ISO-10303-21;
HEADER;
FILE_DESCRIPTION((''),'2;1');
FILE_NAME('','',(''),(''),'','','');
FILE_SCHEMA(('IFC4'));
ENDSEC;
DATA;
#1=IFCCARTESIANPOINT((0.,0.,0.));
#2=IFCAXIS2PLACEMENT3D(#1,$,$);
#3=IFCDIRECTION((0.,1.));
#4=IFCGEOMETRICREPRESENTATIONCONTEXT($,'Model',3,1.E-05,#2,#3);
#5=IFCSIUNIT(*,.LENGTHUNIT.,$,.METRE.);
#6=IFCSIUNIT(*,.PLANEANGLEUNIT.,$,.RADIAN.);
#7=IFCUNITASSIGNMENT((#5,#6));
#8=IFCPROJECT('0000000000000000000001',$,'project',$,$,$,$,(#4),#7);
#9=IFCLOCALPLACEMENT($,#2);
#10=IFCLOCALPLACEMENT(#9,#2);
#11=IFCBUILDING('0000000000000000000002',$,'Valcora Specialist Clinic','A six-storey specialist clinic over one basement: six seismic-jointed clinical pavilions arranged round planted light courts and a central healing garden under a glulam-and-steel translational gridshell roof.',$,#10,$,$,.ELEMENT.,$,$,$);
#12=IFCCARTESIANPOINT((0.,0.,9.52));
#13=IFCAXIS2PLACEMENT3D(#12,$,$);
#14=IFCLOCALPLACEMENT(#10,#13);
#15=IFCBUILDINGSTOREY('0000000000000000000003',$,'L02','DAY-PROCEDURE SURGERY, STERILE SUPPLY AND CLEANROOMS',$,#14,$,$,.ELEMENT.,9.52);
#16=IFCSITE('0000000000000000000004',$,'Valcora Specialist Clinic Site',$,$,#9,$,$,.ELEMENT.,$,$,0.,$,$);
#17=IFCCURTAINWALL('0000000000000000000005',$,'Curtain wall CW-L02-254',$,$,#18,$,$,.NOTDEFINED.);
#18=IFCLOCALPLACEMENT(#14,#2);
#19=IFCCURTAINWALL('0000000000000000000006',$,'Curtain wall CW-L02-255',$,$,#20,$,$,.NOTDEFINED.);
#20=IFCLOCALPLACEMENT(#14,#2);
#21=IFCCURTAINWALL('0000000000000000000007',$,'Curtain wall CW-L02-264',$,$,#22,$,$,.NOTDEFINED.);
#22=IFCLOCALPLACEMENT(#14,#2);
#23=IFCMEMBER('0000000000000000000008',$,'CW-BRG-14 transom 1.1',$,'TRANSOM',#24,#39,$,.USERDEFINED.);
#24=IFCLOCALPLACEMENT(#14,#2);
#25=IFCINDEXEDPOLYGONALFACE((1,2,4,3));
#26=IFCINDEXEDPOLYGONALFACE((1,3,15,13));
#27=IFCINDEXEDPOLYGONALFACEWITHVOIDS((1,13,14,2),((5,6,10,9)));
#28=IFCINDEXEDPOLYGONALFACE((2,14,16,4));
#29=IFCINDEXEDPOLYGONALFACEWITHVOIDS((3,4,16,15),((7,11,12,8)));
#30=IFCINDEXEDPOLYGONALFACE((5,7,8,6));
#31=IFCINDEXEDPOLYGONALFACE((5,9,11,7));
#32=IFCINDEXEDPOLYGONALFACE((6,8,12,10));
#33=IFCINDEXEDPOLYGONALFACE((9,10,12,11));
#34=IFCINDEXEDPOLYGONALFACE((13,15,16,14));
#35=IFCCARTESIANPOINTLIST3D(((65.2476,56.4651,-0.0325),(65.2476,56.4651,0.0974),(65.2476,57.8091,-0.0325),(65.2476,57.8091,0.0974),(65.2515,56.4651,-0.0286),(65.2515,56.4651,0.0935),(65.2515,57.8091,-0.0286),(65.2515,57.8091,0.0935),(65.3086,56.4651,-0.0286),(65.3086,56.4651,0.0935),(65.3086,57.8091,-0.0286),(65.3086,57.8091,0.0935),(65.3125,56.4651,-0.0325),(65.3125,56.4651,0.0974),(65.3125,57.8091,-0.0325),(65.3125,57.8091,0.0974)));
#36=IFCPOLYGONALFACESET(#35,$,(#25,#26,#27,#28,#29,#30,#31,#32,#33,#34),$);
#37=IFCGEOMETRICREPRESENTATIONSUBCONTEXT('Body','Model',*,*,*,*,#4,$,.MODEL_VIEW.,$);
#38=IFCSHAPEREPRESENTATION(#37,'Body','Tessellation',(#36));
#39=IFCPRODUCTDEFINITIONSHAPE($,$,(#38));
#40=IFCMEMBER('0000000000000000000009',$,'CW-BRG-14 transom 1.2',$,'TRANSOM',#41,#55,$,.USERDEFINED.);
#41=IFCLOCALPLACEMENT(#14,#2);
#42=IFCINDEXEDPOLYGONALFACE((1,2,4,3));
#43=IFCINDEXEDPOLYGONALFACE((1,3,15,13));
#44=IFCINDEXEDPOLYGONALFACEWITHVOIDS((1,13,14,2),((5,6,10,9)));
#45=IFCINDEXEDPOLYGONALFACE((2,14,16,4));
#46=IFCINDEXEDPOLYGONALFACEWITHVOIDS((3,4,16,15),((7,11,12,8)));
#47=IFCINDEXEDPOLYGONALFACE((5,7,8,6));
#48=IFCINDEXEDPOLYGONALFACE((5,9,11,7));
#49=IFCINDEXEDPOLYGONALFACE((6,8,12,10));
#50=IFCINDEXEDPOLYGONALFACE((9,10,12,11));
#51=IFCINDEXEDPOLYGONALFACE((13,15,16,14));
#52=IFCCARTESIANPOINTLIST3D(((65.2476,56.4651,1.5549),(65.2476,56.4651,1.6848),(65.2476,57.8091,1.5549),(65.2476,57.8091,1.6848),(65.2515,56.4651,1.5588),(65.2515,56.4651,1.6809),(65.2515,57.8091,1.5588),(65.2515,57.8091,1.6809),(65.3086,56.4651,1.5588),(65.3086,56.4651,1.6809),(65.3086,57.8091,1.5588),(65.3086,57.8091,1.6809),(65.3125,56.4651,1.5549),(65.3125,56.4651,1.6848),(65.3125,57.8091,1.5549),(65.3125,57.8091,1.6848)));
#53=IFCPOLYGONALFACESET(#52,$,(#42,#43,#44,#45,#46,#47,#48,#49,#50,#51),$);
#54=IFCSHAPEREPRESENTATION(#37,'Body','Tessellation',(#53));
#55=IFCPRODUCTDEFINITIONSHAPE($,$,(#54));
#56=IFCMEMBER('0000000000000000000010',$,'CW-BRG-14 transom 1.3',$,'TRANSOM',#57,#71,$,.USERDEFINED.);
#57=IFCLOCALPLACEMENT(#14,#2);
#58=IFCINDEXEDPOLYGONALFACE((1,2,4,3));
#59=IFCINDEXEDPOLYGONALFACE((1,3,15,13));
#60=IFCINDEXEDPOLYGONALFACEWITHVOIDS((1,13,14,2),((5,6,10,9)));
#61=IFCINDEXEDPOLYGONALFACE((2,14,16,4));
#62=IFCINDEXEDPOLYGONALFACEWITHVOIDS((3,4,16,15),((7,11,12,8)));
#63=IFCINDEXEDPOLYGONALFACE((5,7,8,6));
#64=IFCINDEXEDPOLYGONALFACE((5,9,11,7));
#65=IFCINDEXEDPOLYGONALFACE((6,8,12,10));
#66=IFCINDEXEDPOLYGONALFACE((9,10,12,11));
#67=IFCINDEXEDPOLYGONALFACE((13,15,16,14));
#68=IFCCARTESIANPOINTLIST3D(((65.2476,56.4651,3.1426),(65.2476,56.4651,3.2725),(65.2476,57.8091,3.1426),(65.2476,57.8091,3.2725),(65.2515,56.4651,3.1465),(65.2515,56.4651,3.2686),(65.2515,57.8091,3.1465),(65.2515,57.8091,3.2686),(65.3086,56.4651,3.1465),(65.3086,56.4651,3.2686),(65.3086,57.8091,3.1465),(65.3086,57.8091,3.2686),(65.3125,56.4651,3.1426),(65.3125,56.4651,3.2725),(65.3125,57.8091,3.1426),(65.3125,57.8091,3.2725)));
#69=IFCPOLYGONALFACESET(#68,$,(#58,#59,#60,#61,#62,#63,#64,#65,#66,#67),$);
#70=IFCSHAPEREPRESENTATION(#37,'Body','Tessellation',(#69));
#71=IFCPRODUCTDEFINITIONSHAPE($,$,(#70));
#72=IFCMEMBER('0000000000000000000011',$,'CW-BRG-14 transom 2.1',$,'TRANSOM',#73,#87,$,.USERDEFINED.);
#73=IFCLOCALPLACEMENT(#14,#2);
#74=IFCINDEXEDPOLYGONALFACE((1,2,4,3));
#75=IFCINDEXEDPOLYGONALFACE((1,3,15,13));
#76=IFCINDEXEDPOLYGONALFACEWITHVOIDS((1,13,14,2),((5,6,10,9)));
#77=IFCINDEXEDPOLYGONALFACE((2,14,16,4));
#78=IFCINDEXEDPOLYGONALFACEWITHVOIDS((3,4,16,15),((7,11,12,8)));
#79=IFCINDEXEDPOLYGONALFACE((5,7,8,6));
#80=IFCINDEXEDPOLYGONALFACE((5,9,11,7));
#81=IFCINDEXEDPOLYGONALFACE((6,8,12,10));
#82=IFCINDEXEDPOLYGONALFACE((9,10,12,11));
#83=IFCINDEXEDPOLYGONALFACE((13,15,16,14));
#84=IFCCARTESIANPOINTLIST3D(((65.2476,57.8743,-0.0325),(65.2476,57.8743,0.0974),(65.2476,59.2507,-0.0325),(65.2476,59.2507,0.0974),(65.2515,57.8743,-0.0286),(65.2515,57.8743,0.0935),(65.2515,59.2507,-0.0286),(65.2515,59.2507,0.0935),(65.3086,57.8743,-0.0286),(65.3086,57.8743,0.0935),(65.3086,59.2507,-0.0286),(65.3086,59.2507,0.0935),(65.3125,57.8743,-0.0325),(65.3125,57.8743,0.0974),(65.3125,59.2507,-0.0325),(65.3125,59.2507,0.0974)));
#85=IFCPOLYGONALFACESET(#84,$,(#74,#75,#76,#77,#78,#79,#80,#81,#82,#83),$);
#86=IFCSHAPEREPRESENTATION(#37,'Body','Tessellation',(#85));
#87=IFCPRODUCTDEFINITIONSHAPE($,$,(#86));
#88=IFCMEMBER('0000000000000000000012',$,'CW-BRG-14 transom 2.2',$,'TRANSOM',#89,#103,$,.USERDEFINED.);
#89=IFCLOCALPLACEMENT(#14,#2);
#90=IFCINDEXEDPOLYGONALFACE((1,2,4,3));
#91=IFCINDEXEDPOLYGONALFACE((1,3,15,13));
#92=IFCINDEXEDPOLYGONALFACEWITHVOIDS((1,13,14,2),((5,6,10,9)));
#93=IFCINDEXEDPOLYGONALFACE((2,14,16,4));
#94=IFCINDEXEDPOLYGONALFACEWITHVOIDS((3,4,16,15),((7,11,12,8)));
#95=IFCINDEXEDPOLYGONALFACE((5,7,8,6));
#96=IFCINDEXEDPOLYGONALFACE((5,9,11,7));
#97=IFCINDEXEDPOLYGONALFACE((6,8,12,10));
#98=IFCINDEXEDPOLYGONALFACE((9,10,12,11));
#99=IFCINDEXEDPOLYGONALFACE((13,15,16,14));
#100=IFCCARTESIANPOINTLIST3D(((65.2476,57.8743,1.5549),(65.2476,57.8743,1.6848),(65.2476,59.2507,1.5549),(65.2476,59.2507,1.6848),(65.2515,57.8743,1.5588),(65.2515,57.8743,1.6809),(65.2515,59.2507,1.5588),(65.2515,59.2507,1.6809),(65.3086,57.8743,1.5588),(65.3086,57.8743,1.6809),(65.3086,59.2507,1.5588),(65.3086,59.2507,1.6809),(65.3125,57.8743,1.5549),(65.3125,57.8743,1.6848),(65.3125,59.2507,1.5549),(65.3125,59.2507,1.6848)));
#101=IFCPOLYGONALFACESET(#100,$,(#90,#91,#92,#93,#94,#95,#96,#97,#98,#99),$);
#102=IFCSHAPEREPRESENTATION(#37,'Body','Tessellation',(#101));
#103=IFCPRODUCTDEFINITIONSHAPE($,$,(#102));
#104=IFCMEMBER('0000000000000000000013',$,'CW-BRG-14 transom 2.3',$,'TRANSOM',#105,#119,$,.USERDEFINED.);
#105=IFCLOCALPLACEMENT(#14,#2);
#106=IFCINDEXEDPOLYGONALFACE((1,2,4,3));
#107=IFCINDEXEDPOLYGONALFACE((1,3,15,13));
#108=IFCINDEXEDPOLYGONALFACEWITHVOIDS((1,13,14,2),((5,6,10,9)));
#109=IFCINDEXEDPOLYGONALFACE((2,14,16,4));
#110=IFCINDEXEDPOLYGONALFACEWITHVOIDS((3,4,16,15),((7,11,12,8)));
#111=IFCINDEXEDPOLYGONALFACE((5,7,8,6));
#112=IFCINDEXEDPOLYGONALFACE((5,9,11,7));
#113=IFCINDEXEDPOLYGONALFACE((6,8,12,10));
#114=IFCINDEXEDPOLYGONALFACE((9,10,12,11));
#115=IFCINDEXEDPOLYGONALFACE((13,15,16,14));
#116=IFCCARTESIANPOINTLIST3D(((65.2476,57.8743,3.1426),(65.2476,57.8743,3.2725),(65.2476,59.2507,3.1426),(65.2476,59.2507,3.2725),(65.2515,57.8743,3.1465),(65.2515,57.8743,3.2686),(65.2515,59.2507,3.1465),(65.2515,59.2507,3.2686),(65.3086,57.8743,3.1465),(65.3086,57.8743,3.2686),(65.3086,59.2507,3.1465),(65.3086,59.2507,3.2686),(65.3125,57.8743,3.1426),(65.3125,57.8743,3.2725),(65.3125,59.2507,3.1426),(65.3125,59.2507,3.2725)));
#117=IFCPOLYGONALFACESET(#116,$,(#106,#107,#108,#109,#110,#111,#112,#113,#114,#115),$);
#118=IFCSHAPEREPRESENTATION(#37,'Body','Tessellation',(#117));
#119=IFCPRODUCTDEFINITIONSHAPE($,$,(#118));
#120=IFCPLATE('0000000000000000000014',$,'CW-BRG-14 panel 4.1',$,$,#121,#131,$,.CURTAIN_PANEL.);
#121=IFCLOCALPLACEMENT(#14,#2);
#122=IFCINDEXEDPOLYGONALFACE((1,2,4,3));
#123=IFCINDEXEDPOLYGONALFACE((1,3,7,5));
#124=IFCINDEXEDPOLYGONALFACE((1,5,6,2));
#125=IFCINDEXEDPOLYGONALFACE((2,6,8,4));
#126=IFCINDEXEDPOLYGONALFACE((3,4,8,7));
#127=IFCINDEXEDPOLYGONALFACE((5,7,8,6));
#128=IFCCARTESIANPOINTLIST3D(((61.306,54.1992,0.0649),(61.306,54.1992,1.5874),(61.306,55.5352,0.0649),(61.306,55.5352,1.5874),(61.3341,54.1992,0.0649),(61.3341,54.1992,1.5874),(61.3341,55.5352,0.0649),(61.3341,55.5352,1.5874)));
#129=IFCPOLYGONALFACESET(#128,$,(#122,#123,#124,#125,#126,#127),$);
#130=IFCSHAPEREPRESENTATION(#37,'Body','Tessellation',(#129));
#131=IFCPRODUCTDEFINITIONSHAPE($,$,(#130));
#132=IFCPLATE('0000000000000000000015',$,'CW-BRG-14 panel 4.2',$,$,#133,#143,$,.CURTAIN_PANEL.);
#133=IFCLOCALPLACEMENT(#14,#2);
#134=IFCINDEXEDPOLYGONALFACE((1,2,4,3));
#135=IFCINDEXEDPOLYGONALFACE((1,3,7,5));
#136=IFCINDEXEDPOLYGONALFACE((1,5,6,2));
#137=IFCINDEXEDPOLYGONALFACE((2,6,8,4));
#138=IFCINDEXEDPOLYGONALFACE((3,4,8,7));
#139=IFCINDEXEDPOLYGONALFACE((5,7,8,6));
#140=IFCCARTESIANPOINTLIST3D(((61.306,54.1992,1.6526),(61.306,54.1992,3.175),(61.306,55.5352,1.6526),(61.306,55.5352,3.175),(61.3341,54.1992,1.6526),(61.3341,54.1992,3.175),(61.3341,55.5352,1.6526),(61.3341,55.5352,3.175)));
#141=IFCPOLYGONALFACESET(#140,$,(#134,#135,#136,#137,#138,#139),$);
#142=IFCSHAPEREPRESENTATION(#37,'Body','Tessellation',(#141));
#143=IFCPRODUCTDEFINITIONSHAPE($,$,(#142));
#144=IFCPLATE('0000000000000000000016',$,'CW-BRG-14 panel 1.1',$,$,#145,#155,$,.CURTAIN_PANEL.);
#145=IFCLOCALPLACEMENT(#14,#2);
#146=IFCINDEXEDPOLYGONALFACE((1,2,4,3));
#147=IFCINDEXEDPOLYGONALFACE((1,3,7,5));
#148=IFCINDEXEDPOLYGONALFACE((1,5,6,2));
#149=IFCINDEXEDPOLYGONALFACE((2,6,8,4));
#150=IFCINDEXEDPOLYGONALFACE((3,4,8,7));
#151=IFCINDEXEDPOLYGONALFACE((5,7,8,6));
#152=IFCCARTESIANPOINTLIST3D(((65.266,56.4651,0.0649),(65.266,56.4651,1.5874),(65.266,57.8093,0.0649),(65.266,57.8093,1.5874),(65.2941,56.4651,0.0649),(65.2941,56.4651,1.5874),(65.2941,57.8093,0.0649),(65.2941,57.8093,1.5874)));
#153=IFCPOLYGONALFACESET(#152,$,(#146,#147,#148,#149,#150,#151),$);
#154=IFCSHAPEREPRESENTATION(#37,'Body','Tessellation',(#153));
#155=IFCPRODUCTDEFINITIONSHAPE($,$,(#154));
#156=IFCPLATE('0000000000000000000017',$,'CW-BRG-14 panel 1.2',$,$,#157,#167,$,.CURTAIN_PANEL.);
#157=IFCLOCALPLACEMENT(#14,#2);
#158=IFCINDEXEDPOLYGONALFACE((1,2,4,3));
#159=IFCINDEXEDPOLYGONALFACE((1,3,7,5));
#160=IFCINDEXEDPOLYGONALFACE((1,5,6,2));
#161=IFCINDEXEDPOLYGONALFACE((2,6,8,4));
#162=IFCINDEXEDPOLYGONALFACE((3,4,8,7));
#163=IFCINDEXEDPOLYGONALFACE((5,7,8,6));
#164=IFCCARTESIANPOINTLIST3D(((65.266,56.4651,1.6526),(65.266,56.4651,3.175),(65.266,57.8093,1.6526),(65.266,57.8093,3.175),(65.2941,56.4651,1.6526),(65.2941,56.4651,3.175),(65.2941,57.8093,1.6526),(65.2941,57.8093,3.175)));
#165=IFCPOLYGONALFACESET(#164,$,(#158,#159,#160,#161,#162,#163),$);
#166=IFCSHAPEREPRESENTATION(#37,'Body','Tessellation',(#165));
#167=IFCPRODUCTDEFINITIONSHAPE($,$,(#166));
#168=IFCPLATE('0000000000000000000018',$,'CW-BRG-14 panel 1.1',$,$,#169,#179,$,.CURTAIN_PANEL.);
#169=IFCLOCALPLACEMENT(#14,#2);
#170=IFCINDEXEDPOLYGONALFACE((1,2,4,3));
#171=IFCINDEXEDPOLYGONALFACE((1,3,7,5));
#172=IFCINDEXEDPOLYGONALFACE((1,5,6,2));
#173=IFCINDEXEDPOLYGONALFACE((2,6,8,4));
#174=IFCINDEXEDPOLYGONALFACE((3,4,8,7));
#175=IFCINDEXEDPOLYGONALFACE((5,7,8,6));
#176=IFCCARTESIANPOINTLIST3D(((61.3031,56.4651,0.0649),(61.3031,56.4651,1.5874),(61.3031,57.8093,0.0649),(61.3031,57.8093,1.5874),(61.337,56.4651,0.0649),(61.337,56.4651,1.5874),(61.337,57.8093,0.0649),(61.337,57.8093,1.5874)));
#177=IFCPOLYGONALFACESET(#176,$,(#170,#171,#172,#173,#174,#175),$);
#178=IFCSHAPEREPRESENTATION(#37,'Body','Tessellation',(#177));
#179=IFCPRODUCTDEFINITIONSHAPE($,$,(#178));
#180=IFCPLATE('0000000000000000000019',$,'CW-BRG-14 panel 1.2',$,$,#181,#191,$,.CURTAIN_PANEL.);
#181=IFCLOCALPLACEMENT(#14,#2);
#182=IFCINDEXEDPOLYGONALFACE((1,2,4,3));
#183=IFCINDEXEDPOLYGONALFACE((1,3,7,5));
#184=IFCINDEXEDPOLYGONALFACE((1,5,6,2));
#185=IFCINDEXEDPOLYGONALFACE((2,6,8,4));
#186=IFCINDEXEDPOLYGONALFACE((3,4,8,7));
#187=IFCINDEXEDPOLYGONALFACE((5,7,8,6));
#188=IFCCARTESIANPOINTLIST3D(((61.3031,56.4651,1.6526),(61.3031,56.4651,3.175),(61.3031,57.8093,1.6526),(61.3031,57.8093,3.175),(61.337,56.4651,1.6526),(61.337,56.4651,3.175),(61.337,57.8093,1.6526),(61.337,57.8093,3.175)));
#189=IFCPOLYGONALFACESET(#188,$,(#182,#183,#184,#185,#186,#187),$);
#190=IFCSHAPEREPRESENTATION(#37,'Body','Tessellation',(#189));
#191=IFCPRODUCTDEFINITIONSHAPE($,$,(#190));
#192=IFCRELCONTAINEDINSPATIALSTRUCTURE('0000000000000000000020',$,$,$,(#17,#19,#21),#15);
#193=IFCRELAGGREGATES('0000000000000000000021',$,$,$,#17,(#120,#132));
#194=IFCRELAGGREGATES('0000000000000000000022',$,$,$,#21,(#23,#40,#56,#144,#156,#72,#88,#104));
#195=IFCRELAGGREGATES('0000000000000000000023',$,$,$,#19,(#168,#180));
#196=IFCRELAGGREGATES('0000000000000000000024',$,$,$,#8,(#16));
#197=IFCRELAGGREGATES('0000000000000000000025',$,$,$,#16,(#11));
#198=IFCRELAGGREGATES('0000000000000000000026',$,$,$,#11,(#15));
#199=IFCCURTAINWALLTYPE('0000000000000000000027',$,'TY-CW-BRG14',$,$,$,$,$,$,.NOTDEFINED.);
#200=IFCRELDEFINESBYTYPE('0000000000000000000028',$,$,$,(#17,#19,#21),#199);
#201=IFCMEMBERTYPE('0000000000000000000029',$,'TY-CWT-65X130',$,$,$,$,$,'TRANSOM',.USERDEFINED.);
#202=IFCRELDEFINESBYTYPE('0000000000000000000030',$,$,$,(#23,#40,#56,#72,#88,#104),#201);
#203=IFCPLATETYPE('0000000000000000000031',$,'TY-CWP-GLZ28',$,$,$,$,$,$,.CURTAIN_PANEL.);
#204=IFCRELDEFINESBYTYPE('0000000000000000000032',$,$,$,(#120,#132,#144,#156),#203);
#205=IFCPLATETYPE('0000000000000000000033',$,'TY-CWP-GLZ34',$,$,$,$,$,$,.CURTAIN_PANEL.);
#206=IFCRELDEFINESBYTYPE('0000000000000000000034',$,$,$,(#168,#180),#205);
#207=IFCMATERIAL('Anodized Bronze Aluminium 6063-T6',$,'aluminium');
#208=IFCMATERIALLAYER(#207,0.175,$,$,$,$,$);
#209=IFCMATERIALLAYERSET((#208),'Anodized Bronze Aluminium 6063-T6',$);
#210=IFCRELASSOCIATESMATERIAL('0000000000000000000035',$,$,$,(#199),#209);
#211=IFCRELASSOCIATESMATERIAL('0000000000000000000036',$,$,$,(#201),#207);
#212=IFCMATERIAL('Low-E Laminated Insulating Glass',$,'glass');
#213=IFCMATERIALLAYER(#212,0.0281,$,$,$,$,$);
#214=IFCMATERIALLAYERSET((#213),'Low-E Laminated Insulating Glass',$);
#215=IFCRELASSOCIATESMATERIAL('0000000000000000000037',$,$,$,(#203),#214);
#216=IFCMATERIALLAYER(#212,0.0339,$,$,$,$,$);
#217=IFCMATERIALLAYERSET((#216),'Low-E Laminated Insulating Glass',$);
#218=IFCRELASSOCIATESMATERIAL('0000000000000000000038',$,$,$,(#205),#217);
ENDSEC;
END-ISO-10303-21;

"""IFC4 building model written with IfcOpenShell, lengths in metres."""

from ifc_helpers import new_model, si_unit, direction, frame, origin, origin_2d, place, context, subcontext, project, spatial, rectangle, hollow_rectangle, extrude, material, layer, layer_set, material_profile, profile_set, type_object, element, aggregate, save


model = new_model("IFC4")

# Units and contexts
model_context = context("Model", 3, precision=1e-05, world=origin(), true_north=direction((0.0, 1.0)))
body_context = subcontext(model_context, "Body", "Model", "MODEL_VIEW")
ifc_project = project(units=[si_unit("LENGTHUNIT", "METRE"), si_unit("PLANEANGLEUNIT", "RADIAN")], contexts=[model_context])

# Site, building, storey
site_placement = place(None, origin())
site = spatial("IfcSite", under=ifc_project, at=site_placement, Name="Valcora Specialist Clinic Site", CompositionType="ELEMENT", RefElevation=0.0)
building_placement = place(site_placement, origin())
building = spatial("IfcBuilding", under=site, at=building_placement, Name="Valcora Specialist Clinic", Description="A six-storey specialist clinic over one basement: six seismic-jointed clinical pavilions arranged round planted light courts and a central healing garden under a glulam-and-steel translational gridshell roof.", CompositionType="ELEMENT")
storey_placement = place(building_placement, frame((0.0, 0.0, 9.52)))
storey = spatial("IfcBuildingStorey", under=building, at=storey_placement, Name="L02", Description="DAY-PROCEDURE SURGERY, STERILE SUPPLY AND CLEANROOMS", CompositionType="ELEMENT", Elevation=9.52)

# Curtain wall
ifc_material_1 = material(Name="Anodized Bronze Aluminium 6063-T6", Category="aluminium")
ifc_layer_1 = layer(ifc_material_1, 0.175)
ifc_layer_set_1 = layer_set([ifc_layer_1], Name="Anodized Bronze Aluminium 6063-T6")
curtain_wall_type = type_object("IfcCurtainWallType", Name="TY-CW-BRG14", PredefinedType="NOTDEFINED", material=ifc_layer_set_1)
curtain_wall_1_placement = place(storey_placement, origin())
curtain_wall_1 = element("IfcCurtainWall", 1, at=curtain_wall_1_placement, inside=storey, type_object=curtain_wall_type, Name="Curtain wall CW-L02-254", PredefinedType="NOTDEFINED")

# Curtain wall
curtain_wall_2_placement = place(storey_placement, origin())
curtain_wall_2 = element("IfcCurtainWall", 2, at=curtain_wall_2_placement, inside=storey, type_object=curtain_wall_type, Name="Curtain wall CW-L02-255", PredefinedType="NOTDEFINED")

# Curtain wall
curtain_wall_3_placement = place(storey_placement, origin())
curtain_wall_3 = element("IfcCurtainWall", 3, at=curtain_wall_3_placement, inside=storey, type_object=curtain_wall_type, Name="Curtain wall CW-L02-264", PredefinedType="NOTDEFINED")

# Members
ifc_material_profile_1 = material_profile(ifc_material_1, hollow_rectangle(XDim=0.0649, YDim=0.1299, WallThickness=0.0039, at=origin_2d()), Name="AL-TRN-65X130")
ifc_profile_set_1 = profile_set([ifc_material_profile_1], Name="Anodized Bronze Aluminium 6063-T6")
member_type_1 = type_object("IfcMemberType", Name="TY-CWT-65X130", ElementType="TRANSOM", PredefinedType="USERDEFINED", material=ifc_profile_set_1)
member_1_placement = place(storey_placement, frame((65.28, 56.4651, 0.0325), z_axis=(0.0, 1.0, 0.0), x_axis=(-1.0, 0.0, 0.0)))
member_1 = element("IfcMember", 4, at=member_1_placement, type_object=member_type_1, Name="CW-BRG-14 transom 1.1", ObjectType="TRANSOM", PredefinedType="USERDEFINED", context=body_context, shape_type="SweptSolid", body=[
    extrude(hollow_rectangle(XDim=0.0649, YDim=0.1299, WallThickness=0.0039, at=origin_2d()), origin(), (0.0, 0.0, 1.0), 1.344),
])
member_2_placement = place(storey_placement, frame((65.28, 56.4651, 1.6199), z_axis=(0.0, 1.0, 0.0), x_axis=(-1.0, 0.0, 0.0)))
member_2 = element("IfcMember", 5, at=member_2_placement, type_object=member_type_1, Name="CW-BRG-14 transom 1.2", ObjectType="TRANSOM", PredefinedType="USERDEFINED", context=body_context, shape_type="SweptSolid", body=[
    extrude(hollow_rectangle(XDim=0.0649, YDim=0.1299, WallThickness=0.0039, at=origin_2d()), origin(), (0.0, 0.0, 1.0), 1.344),
])
member_3_placement = place(storey_placement, frame((65.28, 56.4651, 3.2075), z_axis=(0.0, 1.0, 0.0), x_axis=(-1.0, 0.0, 0.0)))
member_3 = element("IfcMember", 6, at=member_3_placement, type_object=member_type_1, Name="CW-BRG-14 transom 1.3", ObjectType="TRANSOM", PredefinedType="USERDEFINED", context=body_context, shape_type="SweptSolid", body=[
    extrude(hollow_rectangle(XDim=0.0649, YDim=0.1299, WallThickness=0.0039, at=origin_2d()), origin(), (0.0, 0.0, 1.0), 1.344),
])
member_4_placement = place(storey_placement, frame((65.28, 57.8743, 0.0325), z_axis=(0.0, 1.0, 0.0), x_axis=(-1.0, 0.0, 0.0)))
member_4 = element("IfcMember", 7, at=member_4_placement, type_object=member_type_1, Name="CW-BRG-14 transom 2.1", ObjectType="TRANSOM", PredefinedType="USERDEFINED", context=body_context, shape_type="SweptSolid", body=[
    extrude(hollow_rectangle(XDim=0.0649, YDim=0.1299, WallThickness=0.0039, at=origin_2d()), origin(), (0.0, 0.0, 1.0), 1.3765),
])
member_5_placement = place(storey_placement, frame((65.28, 57.8743, 1.6199), z_axis=(0.0, 1.0, 0.0), x_axis=(-1.0, 0.0, 0.0)))
member_5 = element("IfcMember", 8, at=member_5_placement, type_object=member_type_1, Name="CW-BRG-14 transom 2.2", ObjectType="TRANSOM", PredefinedType="USERDEFINED", context=body_context, shape_type="SweptSolid", body=[
    extrude(hollow_rectangle(XDim=0.0649, YDim=0.1299, WallThickness=0.0039, at=origin_2d()), origin(), (0.0, 0.0, 1.0), 1.3765),
])
member_6_placement = place(storey_placement, frame((65.28, 57.8743, 3.2075), z_axis=(0.0, 1.0, 0.0), x_axis=(-1.0, 0.0, 0.0)))
member_6 = element("IfcMember", 9, at=member_6_placement, type_object=member_type_1, Name="CW-BRG-14 transom 2.3", ObjectType="TRANSOM", PredefinedType="USERDEFINED", context=body_context, shape_type="SweptSolid", body=[
    extrude(hollow_rectangle(XDim=0.0649, YDim=0.1299, WallThickness=0.0039, at=origin_2d()), origin(), (0.0, 0.0, 1.0), 1.3765),
])

# Plates
ifc_material_2 = material(Name="Low-E Laminated Insulating Glass", Category="glass")
ifc_layer_2 = layer(ifc_material_2, 0.0281)
ifc_layer_set_2 = layer_set([ifc_layer_2], Name="Low-E Laminated Insulating Glass")
plate_type_1 = type_object("IfcPlateType", Name="TY-CWP-GLZ28", PredefinedType="CURTAIN_PANEL", material=ifc_layer_set_2)
plate_1_placement = place(storey_placement, frame((61.3201, 54.8672, 0.0649), z_axis=(0.0, 0.0, 1.0), x_axis=(0.0, 1.0, 0.0)))
plate_1 = element("IfcPlate", 10, at=plate_1_placement, type_object=plate_type_1, Name="CW-BRG-14 panel 4.1", PredefinedType="CURTAIN_PANEL", context=body_context, shape_type="SweptSolid", body=[
    extrude(rectangle(XDim=1.3359, YDim=0.0281, at=origin_2d()), origin(), (0.0, 0.0, 1.0), 1.5225),
])
plate_2_placement = place(storey_placement, frame((61.3201, 54.8672, 1.6526), z_axis=(0.0, 0.0, 1.0), x_axis=(0.0, 1.0, 0.0)))
plate_2 = element("IfcPlate", 11, at=plate_2_placement, type_object=plate_type_1, Name="CW-BRG-14 panel 4.2", PredefinedType="CURTAIN_PANEL", context=body_context, shape_type="SweptSolid", body=[
    extrude(rectangle(XDim=1.3359, YDim=0.0281, at=origin_2d()), origin(), (0.0, 0.0, 1.0), 1.5225),
])
aggregate(curtain_wall_1, [plate_1, plate_2])
plate_3_placement = place(storey_placement, frame((65.28, 57.1372, 0.0649), z_axis=(0.0, 0.0, 1.0), x_axis=(0.0, 1.0, 0.0)))
plate_3 = element("IfcPlate", 12, at=plate_3_placement, type_object=plate_type_1, Name="CW-BRG-14 panel 1.1", PredefinedType="CURTAIN_PANEL", context=body_context, shape_type="SweptSolid", body=[
    extrude(rectangle(XDim=1.3442, YDim=0.0281, at=origin_2d()), origin(), (0.0, 0.0, 1.0), 1.5225),
])
plate_4_placement = place(storey_placement, frame((65.28, 57.1372, 1.6526), z_axis=(0.0, 0.0, 1.0), x_axis=(0.0, 1.0, 0.0)))
plate_4 = element("IfcPlate", 13, at=plate_4_placement, type_object=plate_type_1, Name="CW-BRG-14 panel 1.2", PredefinedType="CURTAIN_PANEL", context=body_context, shape_type="SweptSolid", body=[
    extrude(rectangle(XDim=1.3442, YDim=0.0281, at=origin_2d()), origin(), (0.0, 0.0, 1.0), 1.5225),
])
aggregate(curtain_wall_3, [member_1, member_2, member_3, plate_3, plate_4, member_4, member_5, member_6])
ifc_layer_3 = layer(ifc_material_2, 0.0339)
ifc_layer_set_3 = layer_set([ifc_layer_3], Name="Low-E Laminated Insulating Glass")
plate_type_2 = type_object("IfcPlateType", Name="TY-CWP-GLZ34", PredefinedType="CURTAIN_PANEL", material=ifc_layer_set_3)
plate_5_placement = place(storey_placement, frame((61.3201, 57.1372, 0.0649), z_axis=(0.0, 0.0, 1.0), x_axis=(0.0, 1.0, 0.0)))
plate_5 = element("IfcPlate", 14, at=plate_5_placement, type_object=plate_type_2, Name="CW-BRG-14 panel 1.1", PredefinedType="CURTAIN_PANEL", context=body_context, shape_type="SweptSolid", body=[
    extrude(rectangle(XDim=1.3442, YDim=0.0339, at=origin_2d()), origin(), (0.0, 0.0, 1.0), 1.5225),
])
plate_6_placement = place(storey_placement, frame((61.3201, 57.1372, 1.6526), z_axis=(0.0, 0.0, 1.0), x_axis=(0.0, 1.0, 0.0)))
plate_6 = element("IfcPlate", 15, at=plate_6_placement, type_object=plate_type_2, Name="CW-BRG-14 panel 1.2", PredefinedType="CURTAIN_PANEL", context=body_context, shape_type="SweptSolid", body=[
    extrude(rectangle(XDim=1.3442, YDim=0.0339, at=origin_2d()), origin(), (0.0, 0.0, 1.0), 1.5225),
])
aggregate(curtain_wall_2, [plate_5, plate_6])

save(model, "model.ifc")
